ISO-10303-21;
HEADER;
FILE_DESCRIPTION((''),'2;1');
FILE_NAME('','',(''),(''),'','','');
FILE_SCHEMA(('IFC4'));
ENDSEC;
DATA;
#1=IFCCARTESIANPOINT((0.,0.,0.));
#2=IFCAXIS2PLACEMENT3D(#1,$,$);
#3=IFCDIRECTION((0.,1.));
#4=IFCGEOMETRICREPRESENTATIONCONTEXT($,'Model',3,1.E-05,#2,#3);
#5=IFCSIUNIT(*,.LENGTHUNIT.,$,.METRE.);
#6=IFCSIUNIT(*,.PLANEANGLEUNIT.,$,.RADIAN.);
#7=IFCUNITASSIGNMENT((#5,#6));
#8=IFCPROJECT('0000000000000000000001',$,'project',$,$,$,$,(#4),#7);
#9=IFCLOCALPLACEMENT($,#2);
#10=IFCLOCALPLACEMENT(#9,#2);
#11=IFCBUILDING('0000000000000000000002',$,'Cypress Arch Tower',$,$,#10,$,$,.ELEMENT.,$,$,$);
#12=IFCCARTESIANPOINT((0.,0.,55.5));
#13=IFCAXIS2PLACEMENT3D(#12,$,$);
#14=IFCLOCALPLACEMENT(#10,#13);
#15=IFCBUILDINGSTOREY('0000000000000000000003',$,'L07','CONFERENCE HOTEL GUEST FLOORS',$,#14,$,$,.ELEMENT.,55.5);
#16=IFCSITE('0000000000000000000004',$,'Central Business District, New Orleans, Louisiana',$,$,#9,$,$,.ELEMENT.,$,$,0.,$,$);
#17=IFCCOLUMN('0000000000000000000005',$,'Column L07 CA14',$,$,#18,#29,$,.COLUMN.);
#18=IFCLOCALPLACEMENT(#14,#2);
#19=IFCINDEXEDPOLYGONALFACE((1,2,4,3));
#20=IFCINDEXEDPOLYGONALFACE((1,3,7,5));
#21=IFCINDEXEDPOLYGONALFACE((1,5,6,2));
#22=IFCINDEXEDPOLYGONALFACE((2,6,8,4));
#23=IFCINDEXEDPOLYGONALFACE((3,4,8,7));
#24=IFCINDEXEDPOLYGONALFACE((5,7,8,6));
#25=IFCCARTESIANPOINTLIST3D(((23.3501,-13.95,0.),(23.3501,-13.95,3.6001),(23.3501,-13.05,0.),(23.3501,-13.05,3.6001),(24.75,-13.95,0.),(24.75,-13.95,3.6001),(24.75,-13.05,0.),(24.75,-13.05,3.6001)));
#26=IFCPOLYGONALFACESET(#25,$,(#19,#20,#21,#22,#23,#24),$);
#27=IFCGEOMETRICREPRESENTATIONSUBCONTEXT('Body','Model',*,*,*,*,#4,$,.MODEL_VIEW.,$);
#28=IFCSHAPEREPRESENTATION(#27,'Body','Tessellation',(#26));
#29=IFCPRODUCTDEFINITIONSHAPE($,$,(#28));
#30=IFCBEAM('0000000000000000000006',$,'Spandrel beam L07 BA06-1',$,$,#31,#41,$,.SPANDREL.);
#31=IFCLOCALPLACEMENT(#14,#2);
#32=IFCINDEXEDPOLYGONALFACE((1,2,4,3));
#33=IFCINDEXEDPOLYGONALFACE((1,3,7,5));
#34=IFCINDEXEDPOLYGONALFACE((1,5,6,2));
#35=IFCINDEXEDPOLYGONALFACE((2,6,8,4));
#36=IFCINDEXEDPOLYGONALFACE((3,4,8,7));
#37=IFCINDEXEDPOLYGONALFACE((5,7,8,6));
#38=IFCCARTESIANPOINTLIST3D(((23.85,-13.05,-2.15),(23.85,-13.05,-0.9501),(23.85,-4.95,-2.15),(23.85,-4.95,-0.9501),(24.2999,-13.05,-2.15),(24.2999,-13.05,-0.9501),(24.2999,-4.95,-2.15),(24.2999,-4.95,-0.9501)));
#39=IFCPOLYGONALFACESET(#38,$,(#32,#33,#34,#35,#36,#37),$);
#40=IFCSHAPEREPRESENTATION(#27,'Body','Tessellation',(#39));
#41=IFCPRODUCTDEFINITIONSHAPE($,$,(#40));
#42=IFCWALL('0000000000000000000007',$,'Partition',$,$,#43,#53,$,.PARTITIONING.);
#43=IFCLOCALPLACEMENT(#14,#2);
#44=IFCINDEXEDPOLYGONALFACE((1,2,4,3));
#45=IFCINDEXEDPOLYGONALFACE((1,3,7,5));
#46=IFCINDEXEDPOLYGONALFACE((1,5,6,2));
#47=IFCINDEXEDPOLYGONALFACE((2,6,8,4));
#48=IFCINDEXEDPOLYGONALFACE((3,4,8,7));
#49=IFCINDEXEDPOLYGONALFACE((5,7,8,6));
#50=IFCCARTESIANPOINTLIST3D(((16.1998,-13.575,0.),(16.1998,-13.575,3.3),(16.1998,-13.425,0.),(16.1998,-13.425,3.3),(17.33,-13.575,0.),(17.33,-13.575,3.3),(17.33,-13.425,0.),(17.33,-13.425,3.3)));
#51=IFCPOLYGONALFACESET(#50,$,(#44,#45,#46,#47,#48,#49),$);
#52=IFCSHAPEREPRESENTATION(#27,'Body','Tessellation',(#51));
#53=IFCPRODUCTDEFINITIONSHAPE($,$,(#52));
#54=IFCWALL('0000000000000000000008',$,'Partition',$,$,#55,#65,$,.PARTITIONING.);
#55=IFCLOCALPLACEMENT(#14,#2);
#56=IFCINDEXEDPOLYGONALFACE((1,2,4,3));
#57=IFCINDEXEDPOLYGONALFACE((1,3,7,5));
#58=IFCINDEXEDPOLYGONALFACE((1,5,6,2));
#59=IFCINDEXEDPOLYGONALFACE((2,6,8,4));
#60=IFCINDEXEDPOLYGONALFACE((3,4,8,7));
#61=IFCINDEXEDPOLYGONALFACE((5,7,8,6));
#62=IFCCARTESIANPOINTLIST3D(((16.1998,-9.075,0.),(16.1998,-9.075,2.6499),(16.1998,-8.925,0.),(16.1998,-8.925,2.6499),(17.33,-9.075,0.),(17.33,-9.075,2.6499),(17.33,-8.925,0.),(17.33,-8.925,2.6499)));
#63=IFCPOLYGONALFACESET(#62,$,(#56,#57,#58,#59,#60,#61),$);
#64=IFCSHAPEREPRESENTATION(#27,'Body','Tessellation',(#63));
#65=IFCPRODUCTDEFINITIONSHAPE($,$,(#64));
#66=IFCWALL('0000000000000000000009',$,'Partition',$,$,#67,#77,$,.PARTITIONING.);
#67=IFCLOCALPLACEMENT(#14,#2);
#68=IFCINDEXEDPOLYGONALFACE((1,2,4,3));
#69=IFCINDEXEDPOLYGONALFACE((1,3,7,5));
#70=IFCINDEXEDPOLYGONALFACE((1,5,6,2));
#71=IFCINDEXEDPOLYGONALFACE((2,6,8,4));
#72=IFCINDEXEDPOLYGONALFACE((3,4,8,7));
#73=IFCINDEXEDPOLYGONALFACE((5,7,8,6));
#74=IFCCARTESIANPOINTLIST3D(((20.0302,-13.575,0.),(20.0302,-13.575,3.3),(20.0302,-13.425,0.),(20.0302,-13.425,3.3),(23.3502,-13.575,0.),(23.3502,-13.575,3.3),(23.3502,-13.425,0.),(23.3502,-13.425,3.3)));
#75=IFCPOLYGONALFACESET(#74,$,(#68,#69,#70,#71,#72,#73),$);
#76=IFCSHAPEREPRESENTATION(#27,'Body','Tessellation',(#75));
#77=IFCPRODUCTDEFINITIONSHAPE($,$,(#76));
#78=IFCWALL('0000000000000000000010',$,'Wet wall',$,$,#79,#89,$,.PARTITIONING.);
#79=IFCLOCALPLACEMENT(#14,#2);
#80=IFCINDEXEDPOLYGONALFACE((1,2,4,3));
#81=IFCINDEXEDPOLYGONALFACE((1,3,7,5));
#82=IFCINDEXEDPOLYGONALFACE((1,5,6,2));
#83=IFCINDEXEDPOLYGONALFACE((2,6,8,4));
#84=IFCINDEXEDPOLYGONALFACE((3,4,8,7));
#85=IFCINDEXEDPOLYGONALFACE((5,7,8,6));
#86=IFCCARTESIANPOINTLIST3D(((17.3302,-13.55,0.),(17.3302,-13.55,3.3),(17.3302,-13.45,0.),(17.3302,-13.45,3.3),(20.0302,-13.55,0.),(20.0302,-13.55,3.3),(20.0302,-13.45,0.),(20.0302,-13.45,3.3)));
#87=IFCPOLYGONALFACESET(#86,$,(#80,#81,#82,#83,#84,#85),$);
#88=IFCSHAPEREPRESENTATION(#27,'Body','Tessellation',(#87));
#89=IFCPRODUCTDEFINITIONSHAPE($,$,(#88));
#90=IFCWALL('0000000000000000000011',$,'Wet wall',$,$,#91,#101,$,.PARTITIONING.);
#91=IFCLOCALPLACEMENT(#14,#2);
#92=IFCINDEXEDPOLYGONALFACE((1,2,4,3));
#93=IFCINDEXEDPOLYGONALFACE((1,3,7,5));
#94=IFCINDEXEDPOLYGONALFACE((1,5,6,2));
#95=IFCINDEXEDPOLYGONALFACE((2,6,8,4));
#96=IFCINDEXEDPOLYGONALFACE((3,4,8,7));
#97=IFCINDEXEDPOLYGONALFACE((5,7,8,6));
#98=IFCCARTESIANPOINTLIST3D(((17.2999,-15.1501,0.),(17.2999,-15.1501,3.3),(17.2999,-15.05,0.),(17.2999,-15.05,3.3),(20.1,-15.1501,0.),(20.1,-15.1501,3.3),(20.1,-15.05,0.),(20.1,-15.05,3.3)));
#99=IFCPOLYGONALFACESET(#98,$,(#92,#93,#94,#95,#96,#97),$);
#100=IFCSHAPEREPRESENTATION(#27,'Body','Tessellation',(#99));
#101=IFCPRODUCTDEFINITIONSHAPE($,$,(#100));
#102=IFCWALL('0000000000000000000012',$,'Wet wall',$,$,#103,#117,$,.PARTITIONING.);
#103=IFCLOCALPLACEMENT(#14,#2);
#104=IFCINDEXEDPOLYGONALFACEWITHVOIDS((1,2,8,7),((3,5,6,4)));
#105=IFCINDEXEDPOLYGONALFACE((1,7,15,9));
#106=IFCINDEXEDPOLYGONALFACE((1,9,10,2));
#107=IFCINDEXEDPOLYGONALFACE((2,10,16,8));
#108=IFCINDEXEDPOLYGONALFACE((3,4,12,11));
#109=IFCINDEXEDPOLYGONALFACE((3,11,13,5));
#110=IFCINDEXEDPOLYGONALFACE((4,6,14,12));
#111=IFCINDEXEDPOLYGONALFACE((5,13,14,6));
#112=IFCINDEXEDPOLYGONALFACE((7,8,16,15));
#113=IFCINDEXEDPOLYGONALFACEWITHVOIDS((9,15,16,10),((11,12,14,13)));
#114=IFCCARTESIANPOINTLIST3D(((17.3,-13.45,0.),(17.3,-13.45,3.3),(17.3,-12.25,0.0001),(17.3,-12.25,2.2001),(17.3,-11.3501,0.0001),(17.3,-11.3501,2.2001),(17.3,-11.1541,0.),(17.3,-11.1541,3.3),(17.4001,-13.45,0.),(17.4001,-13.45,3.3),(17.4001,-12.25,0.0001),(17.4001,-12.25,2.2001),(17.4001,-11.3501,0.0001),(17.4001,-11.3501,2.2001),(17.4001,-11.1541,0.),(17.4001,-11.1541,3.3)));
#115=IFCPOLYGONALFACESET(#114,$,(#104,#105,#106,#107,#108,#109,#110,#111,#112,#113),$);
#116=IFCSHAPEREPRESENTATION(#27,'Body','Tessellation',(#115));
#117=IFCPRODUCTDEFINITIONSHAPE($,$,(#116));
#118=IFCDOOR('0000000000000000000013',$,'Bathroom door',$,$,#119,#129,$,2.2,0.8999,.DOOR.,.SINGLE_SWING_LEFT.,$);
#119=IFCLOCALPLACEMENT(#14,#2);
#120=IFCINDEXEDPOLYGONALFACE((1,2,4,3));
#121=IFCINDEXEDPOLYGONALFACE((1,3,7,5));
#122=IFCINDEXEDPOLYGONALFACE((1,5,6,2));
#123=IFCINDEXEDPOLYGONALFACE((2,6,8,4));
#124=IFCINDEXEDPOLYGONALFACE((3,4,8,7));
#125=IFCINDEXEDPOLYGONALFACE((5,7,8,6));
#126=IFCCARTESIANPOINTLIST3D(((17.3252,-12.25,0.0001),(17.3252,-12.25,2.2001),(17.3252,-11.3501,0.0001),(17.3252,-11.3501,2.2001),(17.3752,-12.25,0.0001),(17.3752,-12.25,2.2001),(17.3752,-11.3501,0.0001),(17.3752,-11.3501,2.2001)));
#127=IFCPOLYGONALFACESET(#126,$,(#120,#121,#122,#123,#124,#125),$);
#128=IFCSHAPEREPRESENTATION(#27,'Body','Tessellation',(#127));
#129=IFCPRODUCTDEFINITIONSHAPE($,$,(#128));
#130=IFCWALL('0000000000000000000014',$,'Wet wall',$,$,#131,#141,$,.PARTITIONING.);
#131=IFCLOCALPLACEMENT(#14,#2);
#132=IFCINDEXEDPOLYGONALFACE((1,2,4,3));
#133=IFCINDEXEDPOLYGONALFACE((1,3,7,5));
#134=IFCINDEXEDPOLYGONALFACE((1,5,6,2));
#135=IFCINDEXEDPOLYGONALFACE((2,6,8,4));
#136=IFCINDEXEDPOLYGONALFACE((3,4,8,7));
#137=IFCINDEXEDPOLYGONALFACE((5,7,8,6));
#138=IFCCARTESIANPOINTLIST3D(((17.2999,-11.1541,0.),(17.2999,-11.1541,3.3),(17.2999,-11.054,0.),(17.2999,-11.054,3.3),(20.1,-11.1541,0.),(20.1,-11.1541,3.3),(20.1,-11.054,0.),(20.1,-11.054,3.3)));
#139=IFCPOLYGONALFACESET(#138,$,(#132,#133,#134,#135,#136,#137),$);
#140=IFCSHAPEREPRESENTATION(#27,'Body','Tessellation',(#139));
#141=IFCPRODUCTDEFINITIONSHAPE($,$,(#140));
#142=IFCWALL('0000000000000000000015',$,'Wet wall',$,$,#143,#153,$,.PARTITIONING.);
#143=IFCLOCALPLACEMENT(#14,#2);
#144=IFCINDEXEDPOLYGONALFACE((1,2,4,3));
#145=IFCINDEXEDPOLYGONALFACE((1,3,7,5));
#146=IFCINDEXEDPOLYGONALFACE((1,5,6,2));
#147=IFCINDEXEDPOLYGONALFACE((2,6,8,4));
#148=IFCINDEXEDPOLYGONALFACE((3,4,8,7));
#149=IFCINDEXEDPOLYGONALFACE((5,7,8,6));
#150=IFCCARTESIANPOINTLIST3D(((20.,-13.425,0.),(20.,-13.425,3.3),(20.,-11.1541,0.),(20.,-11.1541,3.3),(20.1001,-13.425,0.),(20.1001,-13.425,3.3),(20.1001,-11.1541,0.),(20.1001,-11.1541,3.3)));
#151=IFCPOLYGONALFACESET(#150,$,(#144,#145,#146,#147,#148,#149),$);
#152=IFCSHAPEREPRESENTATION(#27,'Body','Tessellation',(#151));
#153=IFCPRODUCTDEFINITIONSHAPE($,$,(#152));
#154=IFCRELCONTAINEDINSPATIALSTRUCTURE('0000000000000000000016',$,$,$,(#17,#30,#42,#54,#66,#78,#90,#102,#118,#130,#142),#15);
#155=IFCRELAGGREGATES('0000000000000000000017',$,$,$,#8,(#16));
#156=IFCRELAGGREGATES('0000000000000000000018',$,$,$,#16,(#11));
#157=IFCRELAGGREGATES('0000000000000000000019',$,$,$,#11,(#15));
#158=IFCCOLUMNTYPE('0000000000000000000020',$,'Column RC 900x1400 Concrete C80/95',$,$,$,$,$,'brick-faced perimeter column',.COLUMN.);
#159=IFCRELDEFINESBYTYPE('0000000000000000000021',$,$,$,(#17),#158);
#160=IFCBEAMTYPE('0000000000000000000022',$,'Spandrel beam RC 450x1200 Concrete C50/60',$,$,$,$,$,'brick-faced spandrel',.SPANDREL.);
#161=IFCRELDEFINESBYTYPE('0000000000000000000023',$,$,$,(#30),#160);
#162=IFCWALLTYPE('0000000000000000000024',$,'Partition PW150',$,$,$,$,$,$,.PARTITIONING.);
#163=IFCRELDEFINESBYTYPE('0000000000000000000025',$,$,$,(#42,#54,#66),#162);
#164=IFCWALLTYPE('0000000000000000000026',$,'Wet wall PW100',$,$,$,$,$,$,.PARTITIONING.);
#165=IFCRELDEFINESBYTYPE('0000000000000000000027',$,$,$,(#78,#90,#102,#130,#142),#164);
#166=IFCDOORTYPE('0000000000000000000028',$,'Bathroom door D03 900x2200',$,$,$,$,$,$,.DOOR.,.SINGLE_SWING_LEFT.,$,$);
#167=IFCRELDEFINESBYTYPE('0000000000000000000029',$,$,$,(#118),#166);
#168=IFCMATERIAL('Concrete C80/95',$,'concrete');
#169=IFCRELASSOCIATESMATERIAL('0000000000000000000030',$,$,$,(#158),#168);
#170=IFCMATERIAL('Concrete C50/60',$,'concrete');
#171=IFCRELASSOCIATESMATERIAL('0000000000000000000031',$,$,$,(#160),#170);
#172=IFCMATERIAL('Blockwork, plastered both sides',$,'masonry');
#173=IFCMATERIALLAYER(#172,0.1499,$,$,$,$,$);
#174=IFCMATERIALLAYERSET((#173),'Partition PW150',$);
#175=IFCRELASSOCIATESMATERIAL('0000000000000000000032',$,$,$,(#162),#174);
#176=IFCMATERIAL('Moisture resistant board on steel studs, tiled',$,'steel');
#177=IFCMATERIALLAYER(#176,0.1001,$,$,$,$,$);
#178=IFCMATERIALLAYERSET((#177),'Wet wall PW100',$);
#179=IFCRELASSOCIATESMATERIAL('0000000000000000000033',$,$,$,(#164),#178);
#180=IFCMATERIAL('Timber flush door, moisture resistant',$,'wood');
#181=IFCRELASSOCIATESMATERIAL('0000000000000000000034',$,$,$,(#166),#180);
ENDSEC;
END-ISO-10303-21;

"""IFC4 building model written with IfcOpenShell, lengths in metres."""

from ifc_helpers import new_model, si_unit, direction, frame, frame_2d, origin, origin_2d, place, context, subcontext, project, spatial, rectangle, extrude, material, layer, layer_set, material_profile, profile_set, type_object, element, fill, save


model = new_model("IFC4")

# Units and contexts
model_context = context("Model", 3, precision=1e-05, world=origin(), true_north=direction((0.0, 1.0)))
body_context = subcontext(model_context, "Body", "Model", "MODEL_VIEW")
ifc_project = project(units=[si_unit("LENGTHUNIT", "METRE"), si_unit("PLANEANGLEUNIT", "RADIAN")], contexts=[model_context])

# Site, building, storey
site_placement = place(None, origin())
site = spatial("IfcSite", under=ifc_project, at=site_placement, Name="Central Business District, New Orleans, Louisiana", CompositionType="ELEMENT", RefElevation=0.0)
building_placement = place(site_placement, origin())
building = spatial("IfcBuilding", under=site, at=building_placement, Name="Cypress Arch Tower", CompositionType="ELEMENT")
storey_placement = place(building_placement, frame((0.0, 0.0, 55.5)))
storey = spatial("IfcBuildingStorey", under=building, at=storey_placement, Name="L07", Description="CONFERENCE HOTEL GUEST FLOORS", CompositionType="ELEMENT", Elevation=55.5)

# Column
ifc_material_1 = material(Name="Concrete C80/95", Category="concrete")
ifc_material_profile_1 = material_profile(ifc_material_1, rectangle(XDim=0.8999, YDim=1.3999, at=origin_2d()), Name="RC 900x1400")
ifc_profile_set_1 = profile_set([ifc_material_profile_1], Name="Concrete C80/95")
column_type = type_object("IfcColumnType", Name="Column RC 900x1400 Concrete C80/95", ElementType="brick-faced perimeter column", PredefinedType="COLUMN", material=ifc_profile_set_1)
column_placement = place(storey_placement, frame((24.05, -13.5, 0.0), z_axis=(0.0, 0.0, 1.0), x_axis=(0.0, 1.0, 0.0)))
element("IfcColumn", 1, at=column_placement, inside=storey, type_object=column_type, Name="Column L07 CA14", PredefinedType="COLUMN", context=body_context, shape_type="SweptSolid", body=[
    extrude(rectangle(XDim=0.8999, YDim=1.3999, at=origin_2d()), origin(), (0.0, 0.0, 1.0), 3.6001),
])

# Beam
ifc_material_2 = material(Name="Concrete C50/60", Category="concrete")
ifc_material_profile_2 = material_profile(ifc_material_2, rectangle(XDim=0.45, YDim=1.2, at=origin_2d()), Name="RC 450x1200")
ifc_profile_set_2 = profile_set([ifc_material_profile_2], Name="Concrete C50/60")
beam_type = type_object("IfcBeamType", Name="Spandrel beam RC 450x1200 Concrete C50/60", ElementType="brick-faced spandrel", PredefinedType="SPANDREL", material=ifc_profile_set_2)
beam_placement = place(storey_placement, frame((24.075, -13.05, -1.55), z_axis=(0.0, 1.0, 0.0), x_axis=(-1.0, 0.0, 0.0)))
element("IfcBeam", 2, at=beam_placement, inside=storey, type_object=beam_type, Name="Spandrel beam L07 BA06-1", PredefinedType="SPANDREL", context=body_context, shape_type="SweptSolid", body=[
    extrude(rectangle(XDim=0.45, YDim=1.2, at=origin_2d()), origin(), (0.0, 0.0, 1.0), 8.1001),
])

# Walls
ifc_material_3 = material(Name="Blockwork, plastered both sides", Category="masonry")
ifc_layer_1 = layer(ifc_material_3, 0.1499)
ifc_layer_set_1 = layer_set([ifc_layer_1], Name="Partition PW150")
wall_type_1 = type_object("IfcWallType", Name="Partition PW150", PredefinedType="PARTITIONING", material=ifc_layer_set_1)
wall_1_placement = place(storey_placement, frame((16.2, -13.5, 0.0), z_axis=(0.0, 0.0, 1.0), x_axis=(1.0, 0.0, 0.0)))
element("IfcWall", 3, at=wall_1_placement, inside=storey, type_object=wall_type_1, Name="Partition", PredefinedType="PARTITIONING", context=body_context, shape_type="SweptSolid", body=[
    extrude(rectangle(XDim=1.1301, YDim=0.1499, at=frame_2d((0.5649, 0.0))), origin(), (0.0, 0.0, 1.0), 3.3),
])
wall_2_placement = place(storey_placement, frame((16.2, -9.0, 0.0), z_axis=(0.0, 0.0, 1.0), x_axis=(1.0, 0.0, 0.0)))
element("IfcWall", 4, at=wall_2_placement, inside=storey, type_object=wall_type_1, Name="Partition", PredefinedType="PARTITIONING", context=body_context, shape_type="SweptSolid", body=[
    extrude(rectangle(XDim=1.1301, YDim=0.1499, at=frame_2d((0.5649, 0.0))), origin(), (0.0, 0.0, 1.0), 2.6499),
])
wall_3_placement = place(storey_placement, frame((20.03, -13.5, 0.0), z_axis=(0.0, 0.0, 1.0), x_axis=(1.0, 0.0, 0.0)))
element("IfcWall", 5, at=wall_3_placement, inside=storey, type_object=wall_type_1, Name="Partition", PredefinedType="PARTITIONING", context=body_context, shape_type="SweptSolid", body=[
    extrude(rectangle(XDim=3.3201, YDim=0.1499, at=frame_2d((1.6602, 0.0))), origin(), (0.0, 0.0, 1.0), 3.3),
])
ifc_material_4 = material(Name="Moisture resistant board on steel studs, tiled", Category="steel")
ifc_layer_2 = layer(ifc_material_4, 0.1001)
ifc_layer_set_2 = layer_set([ifc_layer_2], Name="Wet wall PW100")
wall_type_2 = type_object("IfcWallType", Name="Wet wall PW100", PredefinedType="PARTITIONING", material=ifc_layer_set_2)
wall_4_placement = place(storey_placement, frame((17.3301, -13.5, 0.0), z_axis=(0.0, 0.0, 1.0), x_axis=(1.0, 0.0, 0.0)))
element("IfcWall", 6, at=wall_4_placement, inside=storey, type_object=wall_type_2, Name="Wet wall", PredefinedType="PARTITIONING", context=body_context, shape_type="SweptSolid", body=[
    extrude(rectangle(XDim=2.7, YDim=0.1001, at=frame_2d((1.3501, 0.0))), origin(), (0.0, 0.0, 1.0), 3.3),
])
wall_5_placement = place(storey_placement, frame((17.3, -15.1001, 0.0), z_axis=(0.0, 0.0, 1.0), x_axis=(1.0, 0.0, 0.0)))
element("IfcWall", 7, at=wall_5_placement, inside=storey, type_object=wall_type_2, Name="Wet wall", PredefinedType="PARTITIONING", context=body_context, shape_type="SweptSolid", body=[
    extrude(rectangle(XDim=2.8, YDim=0.1001, at=frame_2d((1.3999, 0.0))), origin(), (0.0, 0.0, 1.0), 3.3),
])

# Wall, opening, door
wall_6_placement = place(storey_placement, frame((17.3501, -13.45, 0.0), z_axis=(0.0, 0.0, 1.0), x_axis=(0.0, 1.0, 0.0)))
wall_6 = element("IfcWall", 8, at=wall_6_placement, inside=storey, type_object=wall_type_2, Name="Wet wall", PredefinedType="PARTITIONING", context=body_context, shape_type="SweptSolid", body=[
    extrude(rectangle(XDim=2.2959, YDim=0.1001, at=frame_2d((1.1479, 0.0))), origin(), (0.0, 0.0, 1.0), 3.3),
])
opening_1_placement = place(wall_6_placement, frame((1.2, 0.0, 0.0)))
opening_1 = element("IfcOpeningElement", 9, at=opening_1_placement, cuts=wall_6, PredefinedType="OPENING", context=body_context, shape_type="SweptSolid", body=[
    extrude(rectangle(XDim=0.8999, YDim=2.2, at=frame_2d((0.45, 1.1001))), frame((0.0, 0.0601, 0.0), z_axis=(0.0, -1.0, 0.0), x_axis=(1.0, 0.0, 0.0)), (0.0, 0.0, 1.0), 0.1201),
])
ifc_material_5 = material(Name="Timber flush door, moisture resistant", Category="wood")
door_type_1 = type_object("IfcDoorType", Name="Bathroom door D03 900x2200", OperationType="SINGLE_SWING_LEFT", PredefinedType="DOOR", material=ifc_material_5)
door_1_placement = place(opening_1_placement, origin())
door_1 = element("IfcDoor", 10, at=door_1_placement, inside=storey, type_object=door_type_1, Name="Bathroom door", OperationType="SINGLE_SWING_LEFT", OverallHeight=2.2, OverallWidth=0.8999, PredefinedType="DOOR", context=body_context, shape_type="SweptSolid", body=[
    extrude(rectangle(XDim=0.8999, YDim=2.2, at=frame_2d((0.45, 1.1001))), frame((0.0, 0.0249, 0.0), z_axis=(0.0, -1.0, 0.0), x_axis=(1.0, 0.0, 0.0)), (0.0, 0.0, 1.0), 0.05),
])
fill(opening_1, door_1)

# Walls
wall_7_placement = place(storey_placement, frame((17.3, -11.104, 0.0), z_axis=(0.0, 0.0, 1.0), x_axis=(1.0, 0.0, 0.0)))
element("IfcWall", 11, at=wall_7_placement, inside=storey, type_object=wall_type_2, Name="Wet wall", PredefinedType="PARTITIONING", context=body_context, shape_type="SweptSolid", body=[
    extrude(rectangle(XDim=2.8, YDim=0.1001, at=frame_2d((1.3999, 0.0))), origin(), (0.0, 0.0, 1.0), 3.3),
])
wall_8_placement = place(storey_placement, frame((20.05, -13.425, 0.0), z_axis=(0.0, 0.0, 1.0), x_axis=(0.0, 1.0, 0.0)))
element("IfcWall", 12, at=wall_8_placement, inside=storey, type_object=wall_type_2, Name="Wet wall", PredefinedType="PARTITIONING", context=body_context, shape_type="SweptSolid", body=[
    extrude(rectangle(XDim=2.271, YDim=0.1001, at=frame_2d((1.1355, 0.0))), origin(), (0.0, 0.0, 1.0), 3.3),
])

save(model, "model.ifc")
